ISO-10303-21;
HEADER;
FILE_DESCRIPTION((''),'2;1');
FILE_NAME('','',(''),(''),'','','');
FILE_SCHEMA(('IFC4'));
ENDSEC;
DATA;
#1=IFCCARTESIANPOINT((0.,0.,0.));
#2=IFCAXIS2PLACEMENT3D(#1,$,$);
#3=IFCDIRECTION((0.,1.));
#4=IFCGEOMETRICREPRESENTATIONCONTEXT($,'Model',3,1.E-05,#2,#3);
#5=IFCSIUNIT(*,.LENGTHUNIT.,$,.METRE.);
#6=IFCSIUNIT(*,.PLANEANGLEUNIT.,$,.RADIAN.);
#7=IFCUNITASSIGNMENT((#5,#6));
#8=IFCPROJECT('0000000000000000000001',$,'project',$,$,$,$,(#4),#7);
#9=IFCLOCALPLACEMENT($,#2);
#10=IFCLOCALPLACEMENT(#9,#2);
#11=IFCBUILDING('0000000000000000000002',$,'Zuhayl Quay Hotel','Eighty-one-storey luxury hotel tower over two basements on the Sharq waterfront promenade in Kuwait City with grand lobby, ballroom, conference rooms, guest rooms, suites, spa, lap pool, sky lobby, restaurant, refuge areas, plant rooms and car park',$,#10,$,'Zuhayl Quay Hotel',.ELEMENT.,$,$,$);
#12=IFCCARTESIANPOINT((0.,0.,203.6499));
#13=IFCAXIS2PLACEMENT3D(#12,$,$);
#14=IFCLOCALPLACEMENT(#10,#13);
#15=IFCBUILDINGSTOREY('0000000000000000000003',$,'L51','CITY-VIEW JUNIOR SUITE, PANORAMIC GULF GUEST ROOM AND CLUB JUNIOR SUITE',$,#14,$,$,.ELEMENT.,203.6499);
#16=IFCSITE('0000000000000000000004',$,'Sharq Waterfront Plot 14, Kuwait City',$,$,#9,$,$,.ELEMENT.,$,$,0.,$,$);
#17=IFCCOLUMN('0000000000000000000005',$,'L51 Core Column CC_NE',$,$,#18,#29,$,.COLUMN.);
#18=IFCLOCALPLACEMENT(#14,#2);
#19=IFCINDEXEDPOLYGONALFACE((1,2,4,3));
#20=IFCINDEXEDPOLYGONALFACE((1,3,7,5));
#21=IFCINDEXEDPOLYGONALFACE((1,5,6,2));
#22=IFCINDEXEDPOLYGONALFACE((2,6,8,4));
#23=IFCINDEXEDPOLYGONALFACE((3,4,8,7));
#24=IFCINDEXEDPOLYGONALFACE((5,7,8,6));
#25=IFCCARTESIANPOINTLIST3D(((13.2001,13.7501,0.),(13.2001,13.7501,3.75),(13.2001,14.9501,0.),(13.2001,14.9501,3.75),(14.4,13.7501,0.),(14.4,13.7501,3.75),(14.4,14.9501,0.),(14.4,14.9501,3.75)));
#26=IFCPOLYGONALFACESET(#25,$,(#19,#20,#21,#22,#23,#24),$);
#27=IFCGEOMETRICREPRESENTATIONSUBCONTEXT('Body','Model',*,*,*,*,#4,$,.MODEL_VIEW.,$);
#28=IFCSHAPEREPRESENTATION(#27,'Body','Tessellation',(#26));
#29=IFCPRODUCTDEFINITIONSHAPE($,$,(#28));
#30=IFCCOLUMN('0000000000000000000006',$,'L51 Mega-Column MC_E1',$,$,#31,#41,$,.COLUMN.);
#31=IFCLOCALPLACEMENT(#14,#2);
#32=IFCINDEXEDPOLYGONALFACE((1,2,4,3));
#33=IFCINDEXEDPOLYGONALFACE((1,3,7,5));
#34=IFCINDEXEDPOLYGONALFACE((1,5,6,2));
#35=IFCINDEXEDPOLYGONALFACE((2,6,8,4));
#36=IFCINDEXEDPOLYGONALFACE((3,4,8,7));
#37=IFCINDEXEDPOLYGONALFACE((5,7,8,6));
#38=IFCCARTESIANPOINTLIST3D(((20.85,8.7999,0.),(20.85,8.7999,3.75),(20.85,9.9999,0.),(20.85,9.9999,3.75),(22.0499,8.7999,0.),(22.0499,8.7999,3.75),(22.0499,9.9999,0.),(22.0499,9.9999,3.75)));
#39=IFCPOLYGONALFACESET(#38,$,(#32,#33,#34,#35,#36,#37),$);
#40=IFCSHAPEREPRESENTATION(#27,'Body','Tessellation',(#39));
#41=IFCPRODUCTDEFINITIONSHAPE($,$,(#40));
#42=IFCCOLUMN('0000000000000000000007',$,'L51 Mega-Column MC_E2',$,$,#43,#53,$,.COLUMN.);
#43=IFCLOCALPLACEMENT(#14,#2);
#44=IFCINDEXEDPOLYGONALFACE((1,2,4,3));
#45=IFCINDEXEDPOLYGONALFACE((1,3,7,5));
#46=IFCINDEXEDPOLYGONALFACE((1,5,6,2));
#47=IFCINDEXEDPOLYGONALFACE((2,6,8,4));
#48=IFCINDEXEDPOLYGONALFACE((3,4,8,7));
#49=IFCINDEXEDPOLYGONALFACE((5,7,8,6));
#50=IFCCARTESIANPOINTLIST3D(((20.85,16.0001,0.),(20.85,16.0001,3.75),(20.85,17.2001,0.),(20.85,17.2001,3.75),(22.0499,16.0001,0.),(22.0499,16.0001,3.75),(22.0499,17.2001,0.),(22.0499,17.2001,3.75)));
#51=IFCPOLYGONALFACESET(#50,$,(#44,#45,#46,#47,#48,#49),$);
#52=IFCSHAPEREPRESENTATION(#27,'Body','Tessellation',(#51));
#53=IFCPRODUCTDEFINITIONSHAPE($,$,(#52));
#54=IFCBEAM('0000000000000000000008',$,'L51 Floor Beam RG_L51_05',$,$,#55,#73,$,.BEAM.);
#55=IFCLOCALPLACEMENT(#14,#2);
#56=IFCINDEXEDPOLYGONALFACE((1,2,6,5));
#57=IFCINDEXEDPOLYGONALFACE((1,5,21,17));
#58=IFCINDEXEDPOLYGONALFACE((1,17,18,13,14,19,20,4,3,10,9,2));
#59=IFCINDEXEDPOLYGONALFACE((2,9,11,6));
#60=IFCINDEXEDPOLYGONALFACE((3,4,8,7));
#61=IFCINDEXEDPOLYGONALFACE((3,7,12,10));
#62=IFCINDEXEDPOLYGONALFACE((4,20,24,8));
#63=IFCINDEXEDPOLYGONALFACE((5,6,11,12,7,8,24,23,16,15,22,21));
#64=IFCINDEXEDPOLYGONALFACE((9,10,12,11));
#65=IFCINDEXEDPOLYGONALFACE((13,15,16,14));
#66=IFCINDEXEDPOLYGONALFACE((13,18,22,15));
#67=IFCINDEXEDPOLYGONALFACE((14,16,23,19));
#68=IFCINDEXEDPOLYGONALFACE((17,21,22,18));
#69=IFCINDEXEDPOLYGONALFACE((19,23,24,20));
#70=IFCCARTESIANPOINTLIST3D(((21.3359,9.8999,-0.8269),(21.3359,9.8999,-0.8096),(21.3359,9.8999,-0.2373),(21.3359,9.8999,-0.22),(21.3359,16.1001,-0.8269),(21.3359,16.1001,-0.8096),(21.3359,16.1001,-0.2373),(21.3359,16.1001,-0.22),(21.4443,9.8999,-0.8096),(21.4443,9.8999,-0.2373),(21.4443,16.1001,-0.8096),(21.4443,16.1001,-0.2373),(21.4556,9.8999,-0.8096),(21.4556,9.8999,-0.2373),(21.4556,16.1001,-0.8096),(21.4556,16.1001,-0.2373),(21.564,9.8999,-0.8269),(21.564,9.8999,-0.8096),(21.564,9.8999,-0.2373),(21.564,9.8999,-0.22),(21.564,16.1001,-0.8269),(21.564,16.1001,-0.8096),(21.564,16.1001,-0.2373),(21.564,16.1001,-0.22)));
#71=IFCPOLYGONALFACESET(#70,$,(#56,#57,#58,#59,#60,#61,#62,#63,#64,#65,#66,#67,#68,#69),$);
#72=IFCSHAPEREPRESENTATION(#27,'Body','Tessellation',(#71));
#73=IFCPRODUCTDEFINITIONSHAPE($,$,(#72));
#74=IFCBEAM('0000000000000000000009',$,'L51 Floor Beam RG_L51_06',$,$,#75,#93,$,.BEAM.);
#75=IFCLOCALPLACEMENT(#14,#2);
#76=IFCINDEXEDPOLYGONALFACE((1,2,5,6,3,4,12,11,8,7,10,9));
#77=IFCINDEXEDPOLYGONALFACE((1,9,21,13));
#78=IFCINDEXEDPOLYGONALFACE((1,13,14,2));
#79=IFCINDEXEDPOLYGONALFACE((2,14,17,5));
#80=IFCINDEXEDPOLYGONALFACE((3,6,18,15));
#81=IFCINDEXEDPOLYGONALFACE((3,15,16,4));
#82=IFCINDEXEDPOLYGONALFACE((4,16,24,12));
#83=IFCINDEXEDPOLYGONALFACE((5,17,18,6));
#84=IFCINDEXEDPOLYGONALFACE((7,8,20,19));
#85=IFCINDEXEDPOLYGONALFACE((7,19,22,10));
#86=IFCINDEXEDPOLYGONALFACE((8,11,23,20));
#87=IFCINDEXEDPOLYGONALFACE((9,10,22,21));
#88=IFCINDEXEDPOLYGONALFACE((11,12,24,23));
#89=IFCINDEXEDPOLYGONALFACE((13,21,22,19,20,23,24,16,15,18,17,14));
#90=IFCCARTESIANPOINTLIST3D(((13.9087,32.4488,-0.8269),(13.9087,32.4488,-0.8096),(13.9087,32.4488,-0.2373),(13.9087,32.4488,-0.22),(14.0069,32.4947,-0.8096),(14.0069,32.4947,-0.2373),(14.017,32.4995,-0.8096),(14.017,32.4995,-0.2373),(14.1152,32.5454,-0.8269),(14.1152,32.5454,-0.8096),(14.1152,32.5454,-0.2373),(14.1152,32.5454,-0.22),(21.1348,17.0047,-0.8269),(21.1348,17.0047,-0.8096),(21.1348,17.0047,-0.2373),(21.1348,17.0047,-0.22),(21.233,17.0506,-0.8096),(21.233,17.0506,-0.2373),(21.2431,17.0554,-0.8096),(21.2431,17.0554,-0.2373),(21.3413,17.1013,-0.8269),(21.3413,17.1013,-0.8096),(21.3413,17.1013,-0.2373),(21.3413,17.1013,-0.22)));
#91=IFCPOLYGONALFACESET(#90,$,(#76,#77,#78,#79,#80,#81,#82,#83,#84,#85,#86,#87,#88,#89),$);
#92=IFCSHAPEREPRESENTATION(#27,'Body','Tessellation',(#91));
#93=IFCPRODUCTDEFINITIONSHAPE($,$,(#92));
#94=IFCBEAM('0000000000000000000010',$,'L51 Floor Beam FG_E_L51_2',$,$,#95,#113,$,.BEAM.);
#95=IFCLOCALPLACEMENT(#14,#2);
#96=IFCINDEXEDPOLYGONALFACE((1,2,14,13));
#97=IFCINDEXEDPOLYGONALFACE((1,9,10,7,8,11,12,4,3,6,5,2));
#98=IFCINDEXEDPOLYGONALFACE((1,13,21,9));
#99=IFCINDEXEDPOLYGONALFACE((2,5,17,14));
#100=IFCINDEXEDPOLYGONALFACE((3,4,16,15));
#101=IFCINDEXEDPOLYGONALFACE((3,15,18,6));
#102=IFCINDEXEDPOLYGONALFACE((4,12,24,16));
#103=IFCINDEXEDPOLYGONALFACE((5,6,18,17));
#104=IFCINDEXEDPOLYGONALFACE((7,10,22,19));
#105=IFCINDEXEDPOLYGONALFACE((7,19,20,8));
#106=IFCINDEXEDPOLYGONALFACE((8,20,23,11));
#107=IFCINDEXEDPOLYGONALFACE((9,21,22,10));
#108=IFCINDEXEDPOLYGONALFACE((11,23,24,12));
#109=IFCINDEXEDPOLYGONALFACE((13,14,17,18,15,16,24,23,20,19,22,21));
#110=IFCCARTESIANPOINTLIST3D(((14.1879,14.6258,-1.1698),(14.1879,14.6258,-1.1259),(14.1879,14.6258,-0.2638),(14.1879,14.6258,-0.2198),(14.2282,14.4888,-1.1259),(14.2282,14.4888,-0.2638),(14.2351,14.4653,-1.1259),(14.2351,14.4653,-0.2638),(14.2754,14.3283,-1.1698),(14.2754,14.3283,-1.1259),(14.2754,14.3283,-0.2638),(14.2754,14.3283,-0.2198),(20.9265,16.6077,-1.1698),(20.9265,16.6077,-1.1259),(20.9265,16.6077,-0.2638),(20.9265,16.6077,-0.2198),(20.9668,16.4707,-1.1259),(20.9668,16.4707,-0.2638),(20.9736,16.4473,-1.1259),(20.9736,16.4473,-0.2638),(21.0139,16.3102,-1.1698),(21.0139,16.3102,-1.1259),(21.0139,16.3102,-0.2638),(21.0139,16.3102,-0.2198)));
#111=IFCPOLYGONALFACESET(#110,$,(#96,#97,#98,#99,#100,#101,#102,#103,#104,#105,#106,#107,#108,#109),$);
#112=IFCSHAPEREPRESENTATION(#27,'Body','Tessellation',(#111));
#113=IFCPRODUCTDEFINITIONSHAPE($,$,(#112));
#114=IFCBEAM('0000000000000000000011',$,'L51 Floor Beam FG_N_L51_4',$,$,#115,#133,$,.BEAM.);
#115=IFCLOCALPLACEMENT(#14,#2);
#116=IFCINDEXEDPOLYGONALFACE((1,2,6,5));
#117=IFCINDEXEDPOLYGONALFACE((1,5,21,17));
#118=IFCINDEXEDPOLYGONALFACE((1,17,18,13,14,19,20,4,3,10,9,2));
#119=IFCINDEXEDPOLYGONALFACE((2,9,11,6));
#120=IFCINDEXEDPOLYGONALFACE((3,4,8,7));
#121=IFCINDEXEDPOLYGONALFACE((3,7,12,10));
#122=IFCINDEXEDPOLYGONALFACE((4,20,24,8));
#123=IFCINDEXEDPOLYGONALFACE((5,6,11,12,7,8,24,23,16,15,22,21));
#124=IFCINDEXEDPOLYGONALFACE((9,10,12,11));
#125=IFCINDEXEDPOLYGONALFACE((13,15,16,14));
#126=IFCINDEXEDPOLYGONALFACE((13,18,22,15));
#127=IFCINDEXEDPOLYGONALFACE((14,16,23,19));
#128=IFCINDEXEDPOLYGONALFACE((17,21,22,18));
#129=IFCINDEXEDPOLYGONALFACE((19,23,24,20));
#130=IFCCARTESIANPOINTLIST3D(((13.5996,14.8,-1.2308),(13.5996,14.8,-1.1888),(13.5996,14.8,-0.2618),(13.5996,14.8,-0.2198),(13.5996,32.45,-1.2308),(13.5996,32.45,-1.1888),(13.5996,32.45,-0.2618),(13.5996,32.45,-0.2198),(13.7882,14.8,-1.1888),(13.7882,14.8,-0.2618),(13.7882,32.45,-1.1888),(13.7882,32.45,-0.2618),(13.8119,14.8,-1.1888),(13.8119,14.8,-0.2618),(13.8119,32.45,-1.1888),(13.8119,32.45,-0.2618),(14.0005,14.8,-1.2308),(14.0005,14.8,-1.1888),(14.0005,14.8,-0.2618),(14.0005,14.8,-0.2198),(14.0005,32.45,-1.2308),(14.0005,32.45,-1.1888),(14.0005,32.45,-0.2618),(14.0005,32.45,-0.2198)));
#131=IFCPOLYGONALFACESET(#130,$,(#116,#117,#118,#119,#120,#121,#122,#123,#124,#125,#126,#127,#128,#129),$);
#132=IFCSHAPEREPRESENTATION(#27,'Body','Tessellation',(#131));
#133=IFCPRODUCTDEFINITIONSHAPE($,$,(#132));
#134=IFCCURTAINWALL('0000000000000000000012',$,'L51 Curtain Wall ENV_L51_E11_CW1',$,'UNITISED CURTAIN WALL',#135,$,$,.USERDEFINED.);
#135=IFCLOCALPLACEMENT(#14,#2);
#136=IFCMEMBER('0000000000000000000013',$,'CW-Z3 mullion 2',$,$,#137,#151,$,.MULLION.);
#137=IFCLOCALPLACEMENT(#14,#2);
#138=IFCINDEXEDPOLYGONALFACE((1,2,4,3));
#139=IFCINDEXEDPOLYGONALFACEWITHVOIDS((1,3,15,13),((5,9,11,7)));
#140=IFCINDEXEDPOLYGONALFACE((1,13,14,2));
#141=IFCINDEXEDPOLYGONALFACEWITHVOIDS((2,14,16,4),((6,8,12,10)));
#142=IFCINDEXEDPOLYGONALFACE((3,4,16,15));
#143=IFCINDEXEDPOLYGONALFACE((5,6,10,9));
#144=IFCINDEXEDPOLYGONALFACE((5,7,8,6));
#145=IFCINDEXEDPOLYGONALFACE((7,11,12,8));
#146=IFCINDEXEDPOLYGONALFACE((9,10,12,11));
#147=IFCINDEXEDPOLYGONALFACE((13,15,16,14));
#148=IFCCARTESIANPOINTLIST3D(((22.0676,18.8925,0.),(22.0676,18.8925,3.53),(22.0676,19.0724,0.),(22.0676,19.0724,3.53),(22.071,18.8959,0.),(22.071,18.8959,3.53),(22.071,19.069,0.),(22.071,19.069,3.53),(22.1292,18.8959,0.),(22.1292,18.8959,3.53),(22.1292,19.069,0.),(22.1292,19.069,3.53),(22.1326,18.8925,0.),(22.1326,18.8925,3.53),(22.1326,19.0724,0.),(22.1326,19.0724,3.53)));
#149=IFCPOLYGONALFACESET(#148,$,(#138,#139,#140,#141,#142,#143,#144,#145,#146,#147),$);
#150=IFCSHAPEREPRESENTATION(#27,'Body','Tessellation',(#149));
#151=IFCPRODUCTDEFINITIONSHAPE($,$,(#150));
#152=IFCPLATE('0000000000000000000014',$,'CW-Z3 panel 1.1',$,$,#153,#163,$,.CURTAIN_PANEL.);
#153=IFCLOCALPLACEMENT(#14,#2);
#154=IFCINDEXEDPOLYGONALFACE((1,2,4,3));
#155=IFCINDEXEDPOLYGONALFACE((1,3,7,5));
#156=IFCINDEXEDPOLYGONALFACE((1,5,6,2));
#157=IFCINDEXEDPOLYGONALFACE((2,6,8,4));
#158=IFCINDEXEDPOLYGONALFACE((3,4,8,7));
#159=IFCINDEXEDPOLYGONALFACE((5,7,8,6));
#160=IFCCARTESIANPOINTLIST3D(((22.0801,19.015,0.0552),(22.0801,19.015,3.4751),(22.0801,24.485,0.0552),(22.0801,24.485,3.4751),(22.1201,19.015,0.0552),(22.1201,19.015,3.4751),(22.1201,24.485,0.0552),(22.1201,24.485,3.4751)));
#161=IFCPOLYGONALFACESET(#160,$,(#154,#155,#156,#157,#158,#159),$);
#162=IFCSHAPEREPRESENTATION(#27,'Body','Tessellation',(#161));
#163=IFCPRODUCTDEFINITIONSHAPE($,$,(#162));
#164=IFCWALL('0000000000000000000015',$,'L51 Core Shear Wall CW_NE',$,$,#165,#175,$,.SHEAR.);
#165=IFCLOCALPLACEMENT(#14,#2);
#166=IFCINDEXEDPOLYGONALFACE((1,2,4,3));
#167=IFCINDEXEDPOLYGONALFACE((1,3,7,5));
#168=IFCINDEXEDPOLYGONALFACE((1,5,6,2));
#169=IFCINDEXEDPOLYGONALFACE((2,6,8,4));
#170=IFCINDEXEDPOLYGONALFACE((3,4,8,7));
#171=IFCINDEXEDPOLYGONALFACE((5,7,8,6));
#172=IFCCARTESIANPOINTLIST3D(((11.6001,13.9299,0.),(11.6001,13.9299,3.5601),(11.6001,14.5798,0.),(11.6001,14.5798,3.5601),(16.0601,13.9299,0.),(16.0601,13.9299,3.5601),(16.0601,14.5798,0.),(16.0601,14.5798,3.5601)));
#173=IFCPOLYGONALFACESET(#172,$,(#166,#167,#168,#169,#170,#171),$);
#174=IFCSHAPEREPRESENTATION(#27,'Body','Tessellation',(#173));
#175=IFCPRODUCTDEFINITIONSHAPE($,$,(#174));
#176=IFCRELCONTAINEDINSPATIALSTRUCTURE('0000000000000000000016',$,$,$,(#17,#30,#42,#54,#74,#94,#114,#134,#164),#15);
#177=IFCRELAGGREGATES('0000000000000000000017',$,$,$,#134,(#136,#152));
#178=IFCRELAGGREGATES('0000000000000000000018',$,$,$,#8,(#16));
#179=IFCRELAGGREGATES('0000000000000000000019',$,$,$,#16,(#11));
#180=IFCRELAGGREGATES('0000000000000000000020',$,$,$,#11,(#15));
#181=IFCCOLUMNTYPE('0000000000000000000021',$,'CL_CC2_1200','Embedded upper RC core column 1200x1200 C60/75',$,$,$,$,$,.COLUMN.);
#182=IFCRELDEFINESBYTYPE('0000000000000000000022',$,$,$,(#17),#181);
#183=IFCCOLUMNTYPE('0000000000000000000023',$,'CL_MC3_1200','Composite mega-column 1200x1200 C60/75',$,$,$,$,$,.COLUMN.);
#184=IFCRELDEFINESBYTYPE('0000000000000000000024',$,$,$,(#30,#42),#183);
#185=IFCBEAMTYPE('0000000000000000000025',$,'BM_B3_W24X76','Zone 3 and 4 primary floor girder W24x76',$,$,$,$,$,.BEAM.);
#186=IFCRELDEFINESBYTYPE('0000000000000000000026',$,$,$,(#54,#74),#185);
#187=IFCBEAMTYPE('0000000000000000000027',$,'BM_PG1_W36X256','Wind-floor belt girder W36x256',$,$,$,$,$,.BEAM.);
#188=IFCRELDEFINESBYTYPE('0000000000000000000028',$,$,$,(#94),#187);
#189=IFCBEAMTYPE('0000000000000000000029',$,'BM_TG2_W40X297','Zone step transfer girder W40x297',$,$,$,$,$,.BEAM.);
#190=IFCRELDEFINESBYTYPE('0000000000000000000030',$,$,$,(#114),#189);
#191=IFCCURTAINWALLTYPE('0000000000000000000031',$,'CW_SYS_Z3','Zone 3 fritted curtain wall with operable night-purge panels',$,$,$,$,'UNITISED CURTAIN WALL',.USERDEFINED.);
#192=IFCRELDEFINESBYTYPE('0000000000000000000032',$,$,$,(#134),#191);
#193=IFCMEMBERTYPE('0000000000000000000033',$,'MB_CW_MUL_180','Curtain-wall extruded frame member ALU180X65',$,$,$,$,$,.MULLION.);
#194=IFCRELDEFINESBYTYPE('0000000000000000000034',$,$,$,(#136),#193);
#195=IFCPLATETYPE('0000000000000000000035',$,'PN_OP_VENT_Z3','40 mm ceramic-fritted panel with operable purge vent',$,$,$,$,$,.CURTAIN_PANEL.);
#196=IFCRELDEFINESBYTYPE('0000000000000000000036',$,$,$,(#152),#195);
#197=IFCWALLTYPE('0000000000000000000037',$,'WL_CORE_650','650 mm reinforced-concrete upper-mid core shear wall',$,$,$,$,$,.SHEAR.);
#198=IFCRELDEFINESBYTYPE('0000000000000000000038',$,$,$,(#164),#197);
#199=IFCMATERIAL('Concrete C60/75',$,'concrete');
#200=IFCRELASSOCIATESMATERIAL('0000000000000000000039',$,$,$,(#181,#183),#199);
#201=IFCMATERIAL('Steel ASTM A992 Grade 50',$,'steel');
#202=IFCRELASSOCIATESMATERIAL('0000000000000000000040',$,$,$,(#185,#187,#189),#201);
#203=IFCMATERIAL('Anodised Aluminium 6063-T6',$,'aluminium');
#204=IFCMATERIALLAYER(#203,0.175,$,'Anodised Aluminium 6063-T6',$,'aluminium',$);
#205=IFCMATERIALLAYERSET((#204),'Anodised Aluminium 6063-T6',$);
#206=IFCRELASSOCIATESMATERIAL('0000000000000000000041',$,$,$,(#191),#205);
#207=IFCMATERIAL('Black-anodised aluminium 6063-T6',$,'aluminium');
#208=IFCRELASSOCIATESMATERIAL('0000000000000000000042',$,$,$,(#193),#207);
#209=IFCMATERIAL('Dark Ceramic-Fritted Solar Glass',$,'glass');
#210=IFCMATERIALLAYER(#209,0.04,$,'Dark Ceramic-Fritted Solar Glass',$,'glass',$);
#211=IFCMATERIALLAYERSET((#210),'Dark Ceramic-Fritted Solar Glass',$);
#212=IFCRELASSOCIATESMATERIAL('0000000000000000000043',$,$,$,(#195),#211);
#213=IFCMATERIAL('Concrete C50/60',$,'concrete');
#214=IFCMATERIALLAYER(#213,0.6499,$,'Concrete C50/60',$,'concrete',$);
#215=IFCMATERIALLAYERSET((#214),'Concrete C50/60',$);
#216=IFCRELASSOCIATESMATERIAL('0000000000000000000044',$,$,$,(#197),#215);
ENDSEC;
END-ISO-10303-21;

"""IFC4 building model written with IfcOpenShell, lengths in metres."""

from ifc_helpers import new_model, si_unit, direction, frame, frame_2d, origin, origin_2d, place, context, subcontext, project, spatial, rectangle, hollow_rectangle, i_section, extrude, material, layer, layer_set, material_profile, profile_set, type_object, element, aggregate, save


model = new_model("IFC4")

# Units and contexts
model_context = context("Model", 3, precision=1e-05, world=origin(), true_north=direction((0.0, 1.0)))
body_context = subcontext(model_context, "Body", "Model", "MODEL_VIEW")
ifc_project = project(units=[si_unit("LENGTHUNIT", "METRE"), si_unit("PLANEANGLEUNIT", "RADIAN")], contexts=[model_context])

# Site, building, storey
site_placement = place(None, origin())
site = spatial("IfcSite", under=ifc_project, at=site_placement, Name="Sharq Waterfront Plot 14, Kuwait City", CompositionType="ELEMENT", RefElevation=0.0)
building_placement = place(site_placement, origin())
building = spatial("IfcBuilding", under=site, at=building_placement, Name="Zuhayl Quay Hotel", Description="Eighty-one-storey luxury hotel tower over two basements on the Sharq waterfront promenade in Kuwait City with grand lobby, ballroom, conference rooms, guest rooms, suites, spa, lap pool, sky lobby, restaurant, refuge areas, plant rooms and car park", LongName="Zuhayl Quay Hotel", CompositionType="ELEMENT")
storey_placement = place(building_placement, frame((0.0, 0.0, 203.6499)))
storey = spatial("IfcBuildingStorey", under=building, at=storey_placement, Name="L51", Description="CITY-VIEW JUNIOR SUITE, PANORAMIC GULF GUEST ROOM AND CLUB JUNIOR SUITE", CompositionType="ELEMENT", Elevation=203.6499)

# Columns
ifc_material_1 = material(Name="Concrete C60/75", Category="concrete")
ifc_material_profile_1 = material_profile(ifc_material_1, rectangle(XDim=1.2, YDim=1.2, at=origin_2d()), Name="RC1200X1200")
ifc_profile_set_1 = profile_set([ifc_material_profile_1], Name="Concrete C60/75")
column_type_1 = type_object("IfcColumnType", Name="CL_CC2_1200", Description="Embedded upper RC core column 1200x1200 C60/75", PredefinedType="COLUMN", material=ifc_profile_set_1)
column_placement = place(storey_placement, frame((13.8, 14.3501, 0.0), z_axis=(0.0, 0.0, 1.0), x_axis=(1.0, 0.0, 0.0)))
element("IfcColumn", 1, at=column_placement, inside=storey, type_object=column_type_1, Name="L51 Core Column CC_NE", PredefinedType="COLUMN", context=body_context, shape_type="SweptSolid", body=[
    extrude(rectangle(XDim=1.2, YDim=1.2, at=origin_2d()), origin(), (0.0, 0.0, 1.0), 3.75),
])
ifc_material_profile_2 = material_profile(ifc_material_1, rectangle(XDim=1.2, YDim=1.2, at=origin_2d()), Name="RC1200X1200")
ifc_profile_set_2 = profile_set([ifc_material_profile_2], Name="Concrete C60/75")
column_type_2 = type_object("IfcColumnType", Name="CL_MC3_1200", Description="Composite mega-column 1200x1200 C60/75", PredefinedType="COLUMN", material=ifc_profile_set_2)
for number, where, z_axis, x_axis, name in (
    (2, (21.45, 9.3999, 0.0), (0.0, 0.0, 1.0), (1.0, 0.0, 0.0), "L51 Mega-Column MC_E1"),
    (3, (21.45, 16.6001, 0.0), (0.0, 0.0, 1.0), (1.0, 0.0, 0.0), "L51 Mega-Column MC_E2"),
):
    element("IfcColumn", number, at=place(storey_placement, frame(where, z_axis=z_axis, x_axis=x_axis)), inside=storey, type_object=column_type_2, Name=name, PredefinedType="COLUMN", context=body_context, shape_type="SweptSolid", body=[
        extrude(rectangle(XDim=1.2, YDim=1.2, at=origin_2d()), origin(), (0.0, 0.0, 1.0), 3.75),
    ])

# Beams
ifc_material_2 = material(Name="Steel ASTM A992 Grade 50", Category="steel")
ifc_material_profile_3 = material_profile(ifc_material_2, i_section(OverallWidth=0.228, OverallDepth=0.6069, WebThickness=0.0112, FlangeThickness=0.0173, at=origin_2d()), Name="W24X76")
ifc_profile_set_3 = profile_set([ifc_material_profile_3], Name="Steel ASTM A992 Grade 50")
beam_type_1 = type_object("IfcBeamType", Name="BM_B3_W24X76", Description="Zone 3 and 4 primary floor girder W24x76", PredefinedType="BEAM", material=ifc_profile_set_3)
beam_1_placement = place(storey_placement, frame((21.45, 9.8999, -0.5234), z_axis=(0.0, 1.0, 0.0), x_axis=(-1.0, 0.0, 0.0)))
element("IfcBeam", 4, at=beam_1_placement, inside=storey, type_object=beam_type_1, Name="L51 Floor Beam RG_L51_05", PredefinedType="BEAM", context=body_context, shape_type="SweptSolid", body=[
    extrude(i_section(OverallWidth=0.228, OverallDepth=0.6069, WebThickness=0.0112, FlangeThickness=0.0173, at=origin_2d()), origin(), (0.0, 0.0, 1.0), 6.2002),
])
beam_2_placement = place(storey_placement, frame((21.238, 17.053, -0.5234), z_axis=(-0.423792, 0.905759, 0.0), x_axis=(-0.905759, -0.423792, 0.0)))
element("IfcBeam", 5, at=beam_2_placement, inside=storey, type_object=beam_type_1, Name="L51 Floor Beam RG_L51_06", PredefinedType="BEAM", context=body_context, shape_type="SweptSolid", body=[
    extrude(i_section(OverallWidth=0.228, OverallDepth=0.6069, WebThickness=0.0112, FlangeThickness=0.0173, at=origin_2d()), origin(), (0.0, 0.0, 1.0), 17.051),
])
ifc_material_profile_4 = material_profile(ifc_material_2, i_section(OverallWidth=0.3101, OverallDepth=0.95, WebThickness=0.0244, FlangeThickness=0.0439, at=origin_2d()), Name="W36X256")
ifc_profile_set_4 = profile_set([ifc_material_profile_4], Name="Steel ASTM A992 Grade 50")
beam_type_2 = type_object("IfcBeamType", Name="BM_PG1_W36X256", Description="Wind-floor belt girder W36x256", PredefinedType="BEAM", material=ifc_profile_set_4)
beam_3_placement = place(storey_placement, frame((14.2317, 14.4771, -0.6948), z_axis=(0.959365, 0.282168, 0.0), x_axis=(-0.282168, 0.959365, 0.0)))
element("IfcBeam", 6, at=beam_3_placement, inside=storey, type_object=beam_type_2, Name="L51 Floor Beam FG_E_L51_2", PredefinedType="BEAM", context=body_context, shape_type="SweptSolid", body=[
    extrude(i_section(OverallWidth=0.3101, OverallDepth=0.95, WebThickness=0.0244, FlangeThickness=0.0439, at=origin_2d()), origin(), (0.0, 0.0, 1.0), 7.0239),
])
ifc_material_profile_5 = material_profile(ifc_material_2, i_section(OverallWidth=0.4009, OverallDepth=1.011, WebThickness=0.0237, FlangeThickness=0.042, at=origin_2d()), Name="W40X297")
ifc_profile_set_5 = profile_set([ifc_material_profile_5], Name="Steel ASTM A992 Grade 50")
beam_type_3 = type_object("IfcBeamType", Name="BM_TG2_W40X297", Description="Zone step transfer girder W40x297", PredefinedType="BEAM", material=ifc_profile_set_5)
beam_4_placement = place(storey_placement, frame((13.8, 14.8, -0.7253), z_axis=(0.0, 1.0, 0.0), x_axis=(-1.0, 0.0, 0.0)))
element("IfcBeam", 7, at=beam_4_placement, inside=storey, type_object=beam_type_3, Name="L51 Floor Beam FG_N_L51_4", PredefinedType="BEAM", context=body_context, shape_type="SweptSolid", body=[
    extrude(i_section(OverallWidth=0.4009, OverallDepth=1.011, WebThickness=0.0237, FlangeThickness=0.042, at=origin_2d()), origin(), (0.0, 0.0, 1.0), 17.6499),
])

# Curtain wall, member, plate
ifc_material_3 = material(Name="Anodised Aluminium 6063-T6", Category="aluminium")
ifc_layer_1 = layer(ifc_material_3, 0.175, Name="Anodised Aluminium 6063-T6", Category="aluminium")
ifc_layer_set_1 = layer_set([ifc_layer_1], Name="Anodised Aluminium 6063-T6")
curtain_wall_type = type_object("IfcCurtainWallType", Name="CW_SYS_Z3", Description="Zone 3 fritted curtain wall with operable night-purge panels", ElementType="UNITISED CURTAIN WALL", PredefinedType="USERDEFINED", material=ifc_layer_set_1)
curtain_wall_placement = place(storey_placement, origin())
curtain_wall = element("IfcCurtainWall", 8, at=curtain_wall_placement, inside=storey, type_object=curtain_wall_type, Name="L51 Curtain Wall ENV_L51_E11_CW1", ObjectType="UNITISED CURTAIN WALL", PredefinedType="USERDEFINED")
ifc_material_4 = material(Name="Black-anodised aluminium 6063-T6", Category="aluminium")
ifc_material_profile_6 = material_profile(ifc_material_4, hollow_rectangle(XDim=0.0649, YDim=0.1799, WallThickness=0.0034, at=origin_2d()), Name="ALU180X65")
ifc_profile_set_6 = profile_set([ifc_material_profile_6], Name="Black-anodised aluminium 6063-T6")
member_type = type_object("IfcMemberType", Name="MB_CW_MUL_180", Description="Curtain-wall extruded frame member ALU180X65", PredefinedType="MULLION", material=ifc_profile_set_6)
member_placement = place(storey_placement, frame((22.1001, 18.9824, 0.0), z_axis=(0.0, 0.0, 1.0), x_axis=(1.0, 0.0, 0.0)))
member = element("IfcMember", 9, at=member_placement, type_object=member_type, Name="CW-Z3 mullion 2", PredefinedType="MULLION", context=body_context, shape_type="SweptSolid", body=[
    extrude(hollow_rectangle(XDim=0.0649, YDim=0.1799, WallThickness=0.0034, at=origin_2d()), origin(), (0.0, 0.0, 1.0), 3.53),
])
ifc_material_5 = material(Name="Dark Ceramic-Fritted Solar Glass", Category="glass")
ifc_layer_2 = layer(ifc_material_5, 0.04, Name="Dark Ceramic-Fritted Solar Glass", Category="glass")
ifc_layer_set_2 = layer_set([ifc_layer_2], Name="Dark Ceramic-Fritted Solar Glass")
plate_type = type_object("IfcPlateType", Name="PN_OP_VENT_Z3", Description="40 mm ceramic-fritted panel with operable purge vent", PredefinedType="CURTAIN_PANEL", material=ifc_layer_set_2)
plate_placement = place(storey_placement, frame((22.1001, 21.75, 0.0552), z_axis=(0.0, 0.0, 1.0), x_axis=(0.0, -1.0, 0.0)))
plate = element("IfcPlate", 10, at=plate_placement, type_object=plate_type, Name="CW-Z3 panel 1.1", PredefinedType="CURTAIN_PANEL", context=body_context, shape_type="SweptSolid", body=[
    extrude(rectangle(XDim=5.47, YDim=0.04, at=origin_2d()), origin(), (0.0, 0.0, 1.0), 3.4199),
])
aggregate(curtain_wall, [member, plate])

# Wall
ifc_material_6 = material(Name="Concrete C50/60", Category="concrete")
ifc_layer_3 = layer(ifc_material_6, 0.6499, Name="Concrete C50/60", Category="concrete")
ifc_layer_set_3 = layer_set([ifc_layer_3], Name="Concrete C50/60")
wall_type_1 = type_object("IfcWallType", Name="WL_CORE_650", Description="650 mm reinforced-concrete upper-mid core shear wall", PredefinedType="SHEAR", material=ifc_layer_set_3)
wall_1_placement = place(storey_placement, frame((11.6001, 14.2549, 0.0), z_axis=(0.0, 0.0, 1.0), x_axis=(1.0, 0.0, 0.0)))
element("IfcWall", 11, at=wall_1_placement, inside=storey, type_object=wall_type_1, Name="L51 Core Shear Wall CW_NE", PredefinedType="SHEAR", context=body_context, shape_type="SweptSolid", body=[
    extrude(rectangle(XDim=4.46, YDim=0.6499, at=frame_2d((2.23, 0.0))), origin(), (0.0, 0.0, 1.0), 3.5601),
])

save(model, "model.ifc")
